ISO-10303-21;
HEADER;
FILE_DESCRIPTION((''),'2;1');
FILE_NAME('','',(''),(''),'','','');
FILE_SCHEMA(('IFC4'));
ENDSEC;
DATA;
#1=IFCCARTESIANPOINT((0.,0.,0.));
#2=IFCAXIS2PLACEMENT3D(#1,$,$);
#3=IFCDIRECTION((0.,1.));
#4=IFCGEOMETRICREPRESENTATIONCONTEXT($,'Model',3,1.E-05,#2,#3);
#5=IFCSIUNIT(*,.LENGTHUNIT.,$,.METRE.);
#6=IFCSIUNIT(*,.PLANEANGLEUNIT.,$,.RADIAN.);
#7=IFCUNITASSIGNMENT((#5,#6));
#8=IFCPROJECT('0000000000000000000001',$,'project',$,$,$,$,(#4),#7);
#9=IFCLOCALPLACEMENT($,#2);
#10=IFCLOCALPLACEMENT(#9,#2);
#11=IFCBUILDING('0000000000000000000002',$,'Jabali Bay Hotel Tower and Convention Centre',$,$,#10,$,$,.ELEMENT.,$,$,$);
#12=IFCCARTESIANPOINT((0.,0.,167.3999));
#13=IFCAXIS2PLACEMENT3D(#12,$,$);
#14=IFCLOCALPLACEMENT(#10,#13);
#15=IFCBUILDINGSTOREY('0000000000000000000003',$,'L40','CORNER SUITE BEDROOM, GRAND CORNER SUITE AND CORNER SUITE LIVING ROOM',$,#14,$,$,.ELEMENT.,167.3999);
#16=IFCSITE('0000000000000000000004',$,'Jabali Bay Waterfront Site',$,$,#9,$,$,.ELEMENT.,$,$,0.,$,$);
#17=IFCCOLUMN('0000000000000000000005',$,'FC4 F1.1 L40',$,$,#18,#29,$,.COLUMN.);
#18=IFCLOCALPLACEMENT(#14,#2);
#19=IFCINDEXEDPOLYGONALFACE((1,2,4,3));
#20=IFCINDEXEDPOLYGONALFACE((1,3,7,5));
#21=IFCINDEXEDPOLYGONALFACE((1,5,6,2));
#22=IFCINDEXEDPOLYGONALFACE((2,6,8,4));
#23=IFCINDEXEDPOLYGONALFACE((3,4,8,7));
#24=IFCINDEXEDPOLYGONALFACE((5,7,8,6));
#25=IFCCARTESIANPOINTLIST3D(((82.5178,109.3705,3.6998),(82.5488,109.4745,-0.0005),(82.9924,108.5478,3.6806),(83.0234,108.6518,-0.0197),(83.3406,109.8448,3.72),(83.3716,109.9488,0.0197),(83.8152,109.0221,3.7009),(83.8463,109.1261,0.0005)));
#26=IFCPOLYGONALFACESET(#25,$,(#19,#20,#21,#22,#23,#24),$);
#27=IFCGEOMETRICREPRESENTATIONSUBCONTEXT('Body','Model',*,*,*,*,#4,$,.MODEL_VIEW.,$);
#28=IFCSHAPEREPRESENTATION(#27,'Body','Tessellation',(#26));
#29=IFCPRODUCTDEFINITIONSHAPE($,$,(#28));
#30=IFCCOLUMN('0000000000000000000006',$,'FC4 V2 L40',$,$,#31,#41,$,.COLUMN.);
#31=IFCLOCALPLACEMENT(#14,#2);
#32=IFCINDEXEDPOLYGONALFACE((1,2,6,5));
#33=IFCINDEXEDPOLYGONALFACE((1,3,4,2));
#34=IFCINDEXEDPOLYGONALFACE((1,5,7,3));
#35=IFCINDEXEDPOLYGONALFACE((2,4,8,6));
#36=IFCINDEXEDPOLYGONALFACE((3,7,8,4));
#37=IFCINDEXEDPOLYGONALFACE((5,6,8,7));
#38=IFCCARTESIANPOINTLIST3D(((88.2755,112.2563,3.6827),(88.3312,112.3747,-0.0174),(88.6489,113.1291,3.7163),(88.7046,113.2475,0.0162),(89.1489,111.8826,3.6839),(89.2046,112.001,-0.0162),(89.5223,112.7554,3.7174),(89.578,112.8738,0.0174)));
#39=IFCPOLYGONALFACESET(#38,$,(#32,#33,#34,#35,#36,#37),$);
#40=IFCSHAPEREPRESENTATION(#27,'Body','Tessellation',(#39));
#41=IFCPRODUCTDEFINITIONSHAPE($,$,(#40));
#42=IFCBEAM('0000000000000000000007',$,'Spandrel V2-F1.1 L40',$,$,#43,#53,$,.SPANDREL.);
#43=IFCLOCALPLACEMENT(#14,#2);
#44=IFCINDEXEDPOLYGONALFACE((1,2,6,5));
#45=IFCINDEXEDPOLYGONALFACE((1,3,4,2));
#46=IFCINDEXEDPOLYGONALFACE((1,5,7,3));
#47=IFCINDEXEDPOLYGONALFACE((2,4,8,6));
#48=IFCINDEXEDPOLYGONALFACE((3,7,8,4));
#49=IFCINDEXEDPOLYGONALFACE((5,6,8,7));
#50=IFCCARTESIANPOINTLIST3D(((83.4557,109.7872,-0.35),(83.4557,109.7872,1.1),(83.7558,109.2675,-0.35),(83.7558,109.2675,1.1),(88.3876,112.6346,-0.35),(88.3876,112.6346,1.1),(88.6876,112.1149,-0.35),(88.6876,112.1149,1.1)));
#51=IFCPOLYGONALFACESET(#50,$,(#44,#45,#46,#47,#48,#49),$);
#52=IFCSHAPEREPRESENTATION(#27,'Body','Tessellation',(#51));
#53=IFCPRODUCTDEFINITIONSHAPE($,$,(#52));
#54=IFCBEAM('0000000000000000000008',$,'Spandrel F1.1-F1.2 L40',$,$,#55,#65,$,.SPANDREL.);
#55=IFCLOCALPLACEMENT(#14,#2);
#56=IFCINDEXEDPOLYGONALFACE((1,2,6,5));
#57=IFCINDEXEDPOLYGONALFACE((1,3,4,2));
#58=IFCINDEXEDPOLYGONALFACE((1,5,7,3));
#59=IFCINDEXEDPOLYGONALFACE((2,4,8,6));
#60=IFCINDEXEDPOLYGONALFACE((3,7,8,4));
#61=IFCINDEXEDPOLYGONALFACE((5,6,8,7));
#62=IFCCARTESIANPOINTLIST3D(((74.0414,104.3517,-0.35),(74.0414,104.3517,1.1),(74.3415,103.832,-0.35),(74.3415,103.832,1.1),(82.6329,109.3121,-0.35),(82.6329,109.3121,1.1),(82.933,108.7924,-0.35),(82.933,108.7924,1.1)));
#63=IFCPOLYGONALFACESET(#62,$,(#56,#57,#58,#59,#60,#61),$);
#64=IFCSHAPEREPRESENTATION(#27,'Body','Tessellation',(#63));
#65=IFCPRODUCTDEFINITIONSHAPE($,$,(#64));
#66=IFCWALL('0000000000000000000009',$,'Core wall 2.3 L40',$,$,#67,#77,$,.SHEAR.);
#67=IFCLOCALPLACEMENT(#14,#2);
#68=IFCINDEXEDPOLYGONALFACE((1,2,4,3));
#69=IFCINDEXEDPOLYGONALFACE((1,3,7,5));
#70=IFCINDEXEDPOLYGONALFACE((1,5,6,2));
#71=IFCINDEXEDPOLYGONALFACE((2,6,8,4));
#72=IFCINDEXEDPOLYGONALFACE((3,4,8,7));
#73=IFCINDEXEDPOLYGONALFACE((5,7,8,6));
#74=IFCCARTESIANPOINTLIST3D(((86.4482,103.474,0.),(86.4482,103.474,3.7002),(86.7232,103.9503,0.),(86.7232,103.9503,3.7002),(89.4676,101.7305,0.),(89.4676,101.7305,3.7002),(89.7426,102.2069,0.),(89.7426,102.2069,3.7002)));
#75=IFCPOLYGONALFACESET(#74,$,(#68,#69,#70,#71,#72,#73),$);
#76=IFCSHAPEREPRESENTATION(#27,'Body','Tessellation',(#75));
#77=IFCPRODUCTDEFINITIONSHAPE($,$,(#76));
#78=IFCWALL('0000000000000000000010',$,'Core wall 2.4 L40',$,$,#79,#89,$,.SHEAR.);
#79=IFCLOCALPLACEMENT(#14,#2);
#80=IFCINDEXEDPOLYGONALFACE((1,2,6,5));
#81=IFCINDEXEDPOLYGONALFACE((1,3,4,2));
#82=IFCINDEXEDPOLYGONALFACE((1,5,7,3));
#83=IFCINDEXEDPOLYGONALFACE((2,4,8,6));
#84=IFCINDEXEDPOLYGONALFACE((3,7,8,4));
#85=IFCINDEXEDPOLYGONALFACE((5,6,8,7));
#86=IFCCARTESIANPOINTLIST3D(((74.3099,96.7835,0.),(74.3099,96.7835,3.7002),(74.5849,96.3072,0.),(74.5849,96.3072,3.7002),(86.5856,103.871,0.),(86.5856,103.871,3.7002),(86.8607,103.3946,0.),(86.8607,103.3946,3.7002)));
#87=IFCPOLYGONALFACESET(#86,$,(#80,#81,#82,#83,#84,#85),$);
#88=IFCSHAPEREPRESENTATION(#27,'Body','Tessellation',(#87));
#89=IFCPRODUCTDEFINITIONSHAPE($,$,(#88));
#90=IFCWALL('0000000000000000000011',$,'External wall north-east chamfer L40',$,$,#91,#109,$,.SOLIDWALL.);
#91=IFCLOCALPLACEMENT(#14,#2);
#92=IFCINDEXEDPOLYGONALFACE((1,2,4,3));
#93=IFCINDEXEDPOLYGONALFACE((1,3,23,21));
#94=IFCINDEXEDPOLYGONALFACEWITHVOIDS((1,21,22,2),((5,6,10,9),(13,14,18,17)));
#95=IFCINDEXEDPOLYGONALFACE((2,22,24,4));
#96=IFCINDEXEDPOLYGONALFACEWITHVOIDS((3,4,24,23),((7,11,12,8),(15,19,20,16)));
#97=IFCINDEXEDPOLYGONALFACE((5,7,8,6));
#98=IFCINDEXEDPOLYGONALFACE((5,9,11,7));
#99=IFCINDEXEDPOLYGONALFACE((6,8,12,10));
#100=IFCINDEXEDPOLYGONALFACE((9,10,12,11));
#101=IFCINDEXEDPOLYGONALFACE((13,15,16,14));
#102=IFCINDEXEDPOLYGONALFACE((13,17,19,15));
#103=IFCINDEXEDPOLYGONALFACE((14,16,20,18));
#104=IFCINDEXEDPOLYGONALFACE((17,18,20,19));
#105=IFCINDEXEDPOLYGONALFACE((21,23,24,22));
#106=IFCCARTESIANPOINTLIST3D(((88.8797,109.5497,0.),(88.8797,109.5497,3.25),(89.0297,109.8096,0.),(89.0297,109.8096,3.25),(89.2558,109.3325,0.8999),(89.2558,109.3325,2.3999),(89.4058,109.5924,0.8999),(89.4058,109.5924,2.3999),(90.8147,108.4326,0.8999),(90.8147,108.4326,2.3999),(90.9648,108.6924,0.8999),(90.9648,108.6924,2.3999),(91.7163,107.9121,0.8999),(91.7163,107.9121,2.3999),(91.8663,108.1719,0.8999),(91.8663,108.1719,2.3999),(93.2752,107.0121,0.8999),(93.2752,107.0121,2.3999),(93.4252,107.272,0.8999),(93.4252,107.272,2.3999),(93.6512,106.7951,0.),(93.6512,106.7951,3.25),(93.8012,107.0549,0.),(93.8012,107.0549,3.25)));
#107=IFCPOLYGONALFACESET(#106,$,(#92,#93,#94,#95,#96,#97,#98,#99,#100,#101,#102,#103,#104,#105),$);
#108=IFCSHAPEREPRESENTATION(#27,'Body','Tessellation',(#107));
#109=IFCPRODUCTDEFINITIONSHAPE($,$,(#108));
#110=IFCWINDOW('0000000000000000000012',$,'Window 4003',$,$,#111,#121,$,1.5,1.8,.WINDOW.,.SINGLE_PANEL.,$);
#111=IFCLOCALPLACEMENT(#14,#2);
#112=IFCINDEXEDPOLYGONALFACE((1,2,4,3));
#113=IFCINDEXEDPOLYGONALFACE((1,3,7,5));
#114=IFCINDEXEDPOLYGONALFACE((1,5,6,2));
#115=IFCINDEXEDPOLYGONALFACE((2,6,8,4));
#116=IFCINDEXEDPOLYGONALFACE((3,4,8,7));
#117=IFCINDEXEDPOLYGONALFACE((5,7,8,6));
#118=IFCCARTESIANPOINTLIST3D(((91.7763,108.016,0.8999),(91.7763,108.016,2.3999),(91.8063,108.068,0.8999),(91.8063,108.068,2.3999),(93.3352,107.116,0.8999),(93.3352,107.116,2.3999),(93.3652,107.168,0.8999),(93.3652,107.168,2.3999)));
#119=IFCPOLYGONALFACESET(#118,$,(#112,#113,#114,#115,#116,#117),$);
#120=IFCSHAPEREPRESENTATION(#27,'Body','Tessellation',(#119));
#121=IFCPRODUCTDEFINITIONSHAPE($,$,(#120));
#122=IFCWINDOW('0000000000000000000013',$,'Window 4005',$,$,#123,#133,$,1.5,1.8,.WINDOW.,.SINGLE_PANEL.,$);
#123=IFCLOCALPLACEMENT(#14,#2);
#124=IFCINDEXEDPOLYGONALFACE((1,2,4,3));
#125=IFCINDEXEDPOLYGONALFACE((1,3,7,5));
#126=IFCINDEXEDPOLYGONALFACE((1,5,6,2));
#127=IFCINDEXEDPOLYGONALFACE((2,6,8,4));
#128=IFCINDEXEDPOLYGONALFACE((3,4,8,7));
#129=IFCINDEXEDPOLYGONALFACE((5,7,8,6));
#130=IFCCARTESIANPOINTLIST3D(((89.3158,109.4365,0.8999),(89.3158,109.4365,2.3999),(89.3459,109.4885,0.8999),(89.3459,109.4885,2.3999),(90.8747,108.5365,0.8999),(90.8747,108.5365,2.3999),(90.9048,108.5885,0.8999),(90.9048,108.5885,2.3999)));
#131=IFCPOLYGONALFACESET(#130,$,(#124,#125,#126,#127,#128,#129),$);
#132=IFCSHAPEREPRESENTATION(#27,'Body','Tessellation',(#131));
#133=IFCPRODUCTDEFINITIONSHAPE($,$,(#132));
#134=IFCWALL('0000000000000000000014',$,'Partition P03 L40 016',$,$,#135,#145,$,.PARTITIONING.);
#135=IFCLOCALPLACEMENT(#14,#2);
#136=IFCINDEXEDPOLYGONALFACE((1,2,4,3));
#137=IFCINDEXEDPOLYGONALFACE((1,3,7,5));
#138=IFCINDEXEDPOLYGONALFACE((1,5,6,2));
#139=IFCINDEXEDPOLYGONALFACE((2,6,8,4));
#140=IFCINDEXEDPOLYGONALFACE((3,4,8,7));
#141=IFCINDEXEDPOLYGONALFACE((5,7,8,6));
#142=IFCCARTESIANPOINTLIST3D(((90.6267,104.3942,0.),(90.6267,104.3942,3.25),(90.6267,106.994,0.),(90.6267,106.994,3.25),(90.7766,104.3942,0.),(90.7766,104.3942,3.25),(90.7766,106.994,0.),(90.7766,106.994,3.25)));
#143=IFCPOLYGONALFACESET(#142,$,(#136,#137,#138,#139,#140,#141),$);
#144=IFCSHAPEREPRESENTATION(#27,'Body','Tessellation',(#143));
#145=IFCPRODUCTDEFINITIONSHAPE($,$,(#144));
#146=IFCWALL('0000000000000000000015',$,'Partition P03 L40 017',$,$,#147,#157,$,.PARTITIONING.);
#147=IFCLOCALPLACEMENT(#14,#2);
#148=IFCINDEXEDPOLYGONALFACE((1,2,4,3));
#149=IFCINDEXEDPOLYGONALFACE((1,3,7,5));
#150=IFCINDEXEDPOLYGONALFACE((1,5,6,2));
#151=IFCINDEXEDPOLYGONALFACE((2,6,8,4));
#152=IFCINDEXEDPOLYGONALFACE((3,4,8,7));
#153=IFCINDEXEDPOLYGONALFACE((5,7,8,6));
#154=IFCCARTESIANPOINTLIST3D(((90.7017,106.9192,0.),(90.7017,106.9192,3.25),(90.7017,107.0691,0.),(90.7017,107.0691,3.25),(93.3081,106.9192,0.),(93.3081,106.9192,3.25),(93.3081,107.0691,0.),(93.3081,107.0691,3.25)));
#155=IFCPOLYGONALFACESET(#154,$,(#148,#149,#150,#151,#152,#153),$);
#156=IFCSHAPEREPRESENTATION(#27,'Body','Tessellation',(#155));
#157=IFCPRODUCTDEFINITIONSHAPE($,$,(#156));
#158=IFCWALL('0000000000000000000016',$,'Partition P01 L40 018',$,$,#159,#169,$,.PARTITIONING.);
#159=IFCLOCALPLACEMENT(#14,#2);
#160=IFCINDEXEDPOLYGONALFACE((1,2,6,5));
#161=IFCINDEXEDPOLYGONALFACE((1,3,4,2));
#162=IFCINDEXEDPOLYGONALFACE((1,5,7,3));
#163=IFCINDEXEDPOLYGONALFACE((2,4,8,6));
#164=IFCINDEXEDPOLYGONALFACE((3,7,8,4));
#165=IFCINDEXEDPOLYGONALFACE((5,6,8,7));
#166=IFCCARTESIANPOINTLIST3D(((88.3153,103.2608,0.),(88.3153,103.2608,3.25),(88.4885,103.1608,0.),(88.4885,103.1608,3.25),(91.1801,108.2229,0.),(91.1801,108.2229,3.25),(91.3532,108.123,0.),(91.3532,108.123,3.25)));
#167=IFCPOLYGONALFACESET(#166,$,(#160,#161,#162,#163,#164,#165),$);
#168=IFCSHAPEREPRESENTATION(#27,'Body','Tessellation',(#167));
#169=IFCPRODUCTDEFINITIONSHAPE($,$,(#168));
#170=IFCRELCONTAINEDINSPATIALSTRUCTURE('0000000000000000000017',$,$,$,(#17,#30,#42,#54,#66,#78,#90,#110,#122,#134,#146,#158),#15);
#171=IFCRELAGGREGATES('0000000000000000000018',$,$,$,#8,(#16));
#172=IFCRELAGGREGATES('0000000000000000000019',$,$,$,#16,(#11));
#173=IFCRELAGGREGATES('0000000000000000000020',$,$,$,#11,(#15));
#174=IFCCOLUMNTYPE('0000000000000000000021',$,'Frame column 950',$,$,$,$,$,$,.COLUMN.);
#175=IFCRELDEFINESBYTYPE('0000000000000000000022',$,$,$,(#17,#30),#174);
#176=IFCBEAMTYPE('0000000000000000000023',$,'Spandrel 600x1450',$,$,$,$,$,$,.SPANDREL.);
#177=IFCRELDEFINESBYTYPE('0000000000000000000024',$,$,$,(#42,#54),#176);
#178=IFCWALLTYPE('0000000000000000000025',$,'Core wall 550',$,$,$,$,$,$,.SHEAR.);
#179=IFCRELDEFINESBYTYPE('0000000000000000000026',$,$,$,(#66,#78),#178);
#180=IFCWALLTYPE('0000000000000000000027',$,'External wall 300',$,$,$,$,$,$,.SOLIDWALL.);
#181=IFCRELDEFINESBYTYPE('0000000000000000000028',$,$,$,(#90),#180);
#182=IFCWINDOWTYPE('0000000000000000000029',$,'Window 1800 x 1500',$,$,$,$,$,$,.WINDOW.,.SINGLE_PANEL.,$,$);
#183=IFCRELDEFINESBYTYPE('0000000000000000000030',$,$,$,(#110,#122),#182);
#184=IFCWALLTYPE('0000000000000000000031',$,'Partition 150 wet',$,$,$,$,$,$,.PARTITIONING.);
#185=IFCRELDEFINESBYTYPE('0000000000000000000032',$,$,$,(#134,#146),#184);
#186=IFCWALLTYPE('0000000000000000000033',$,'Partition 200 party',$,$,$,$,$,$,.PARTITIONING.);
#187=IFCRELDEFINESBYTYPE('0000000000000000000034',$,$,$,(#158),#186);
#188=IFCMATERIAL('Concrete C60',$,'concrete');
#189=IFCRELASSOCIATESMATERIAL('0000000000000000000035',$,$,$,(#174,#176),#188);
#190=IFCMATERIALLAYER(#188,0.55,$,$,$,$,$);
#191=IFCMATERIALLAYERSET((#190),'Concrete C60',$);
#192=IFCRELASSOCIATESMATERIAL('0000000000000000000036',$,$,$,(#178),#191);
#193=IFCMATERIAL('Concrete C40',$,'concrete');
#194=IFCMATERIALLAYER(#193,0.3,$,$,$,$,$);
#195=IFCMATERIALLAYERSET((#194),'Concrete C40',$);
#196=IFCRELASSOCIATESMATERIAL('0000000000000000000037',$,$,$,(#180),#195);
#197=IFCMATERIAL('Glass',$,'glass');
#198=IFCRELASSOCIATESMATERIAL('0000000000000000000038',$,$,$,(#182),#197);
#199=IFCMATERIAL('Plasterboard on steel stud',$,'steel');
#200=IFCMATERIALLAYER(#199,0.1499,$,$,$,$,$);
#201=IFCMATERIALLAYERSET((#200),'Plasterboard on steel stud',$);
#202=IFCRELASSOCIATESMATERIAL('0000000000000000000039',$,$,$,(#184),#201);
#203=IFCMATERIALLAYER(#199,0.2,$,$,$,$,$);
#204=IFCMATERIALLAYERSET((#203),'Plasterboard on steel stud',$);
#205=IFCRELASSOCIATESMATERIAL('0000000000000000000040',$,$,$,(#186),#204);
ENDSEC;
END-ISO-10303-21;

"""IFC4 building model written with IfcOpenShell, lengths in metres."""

from ifc_helpers import new_model, si_unit, direction, frame, frame_2d, origin, origin_2d, place, context, subcontext, project, spatial, rectangle, extrude, material, layer, layer_set, material_profile, profile_set, type_object, element, fill, save


model = new_model("IFC4")

# Units and contexts
model_context = context("Model", 3, precision=1e-05, world=origin(), true_north=direction((0.0, 1.0)))
body_context = subcontext(model_context, "Body", "Model", "MODEL_VIEW")
ifc_project = project(units=[si_unit("LENGTHUNIT", "METRE"), si_unit("PLANEANGLEUNIT", "RADIAN")], contexts=[model_context])

# Site, building, storey
site_placement = place(None, origin())
site = spatial("IfcSite", under=ifc_project, at=site_placement, Name="Jabali Bay Waterfront Site", CompositionType="ELEMENT", RefElevation=0.0)
building_placement = place(site_placement, origin())
building = spatial("IfcBuilding", under=site, at=building_placement, Name="Jabali Bay Hotel Tower and Convention Centre", CompositionType="ELEMENT")
storey_placement = place(building_placement, frame((0.0, 0.0, 167.3999)))
storey = spatial("IfcBuildingStorey", under=building, at=storey_placement, Name="L40", Description="CORNER SUITE BEDROOM, GRAND CORNER SUITE AND CORNER SUITE LIVING ROOM", CompositionType="ELEMENT", Elevation=167.3999)

# Columns
ifc_material_1 = material(Name="Concrete C60", Category="concrete")
ifc_material_profile_1 = material_profile(ifc_material_1, rectangle(XDim=0.95, YDim=0.95, at=origin_2d()), Name="Frame column 950")
ifc_profile_set_1 = profile_set([ifc_material_profile_1], Name="Concrete C60")
column_type = type_object("IfcColumnType", Name="Frame column 950", PredefinedType="COLUMN", material=ifc_profile_set_1)
column_1_placement = place(storey_placement, frame((83.1975, 109.3003, 0.0), z_axis=(-0.008376, -0.028096, 0.99957), x_axis=(0.866173, 0.499291, 0.021292)))
element("IfcColumn", 1, at=column_1_placement, inside=storey, type_object=column_type, Name="FC4 F1.1 L40", PredefinedType="COLUMN", context=body_context, shape_type="SweptSolid", body=[
    extrude(rectangle(XDim=0.95, YDim=0.95, at=origin_2d()), origin(), (0.0, 0.0, 1.0), 3.7019),
])
column_2_placement = place(storey_placement, frame((88.9546, 112.6243, 0.0), z_axis=(-0.015034, -0.031981, 0.999375), x_axis=(0.919381, -0.393365, 0.001243)))
element("IfcColumn", 2, at=column_2_placement, inside=storey, type_object=column_type, Name="FC4 V2 L40", PredefinedType="COLUMN", context=body_context, shape_type="SweptSolid", body=[
    extrude(rectangle(XDim=0.95, YDim=0.95, at=origin_2d()), origin(), (0.0, 0.0, 1.0), 3.7024),
])

# Beams
ifc_material_profile_2 = material_profile(ifc_material_1, rectangle(XDim=0.6001, YDim=1.45, at=origin_2d()), Name="Spandrel 600x1450")
ifc_profile_set_2 = profile_set([ifc_material_profile_2], Name="Concrete C60")
beam_type = type_object("IfcBeamType", Name="Spandrel 600x1450", PredefinedType="SPANDREL", material=ifc_profile_set_2)
beam_1_placement = place(storey_placement, frame((88.5376, 112.3748, 0.375), z_axis=(-0.866026, -0.499998, 0.0), x_axis=(0.499998, -0.866026, 0.0)))
element("IfcBeam", 3, at=beam_1_placement, inside=storey, type_object=beam_type, Name="Spandrel V2-F1.1 L40", PredefinedType="SPANDREL", context=body_context, shape_type="SweptSolid", body=[
    extrude(rectangle(XDim=0.6001, YDim=1.45, at=origin_2d()), origin(), (0.0, 0.0, 1.0), 5.6948),
])
beam_2_placement = place(storey_placement, frame((82.783, 109.0522, 0.375), z_axis=(-0.86602, -0.500009, 0.0), x_axis=(0.500009, -0.86602, 0.0)))
element("IfcBeam", 4, at=beam_2_placement, inside=storey, type_object=beam_type, Name="Spandrel F1.1-F1.2 L40", PredefinedType="SPANDREL", context=body_context, shape_type="SweptSolid", body=[
    extrude(rectangle(XDim=0.6001, YDim=1.45, at=origin_2d()), origin(), (0.0, 0.0, 1.0), 9.9207),
])

# Walls
ifc_layer_1 = layer(ifc_material_1, 0.55)
ifc_layer_set_1 = layer_set([ifc_layer_1], Name="Concrete C60")
wall_type_1 = type_object("IfcWallType", Name="Core wall 550", PredefinedType="SHEAR", material=ifc_layer_set_1)
wall_1_placement = place(storey_placement, frame((89.605, 101.9688, 0.0), z_axis=(0.0, 0.0, 1.0), x_axis=(-0.865998, 0.500048, 0.0)))
element("IfcWall", 5, at=wall_1_placement, inside=storey, type_object=wall_type_1, Name="Core wall 2.3 L40", PredefinedType="SHEAR", context=body_context, shape_type="SweptSolid", body=[
    extrude(rectangle(XDim=3.4866, YDim=0.55, at=frame_2d((1.7432, 0.0))), origin(), (0.0, 0.0, 1.0), 3.7002),
])
wall_2_placement = place(storey_placement, frame((86.7231, 103.6328, 0.0), z_axis=(0.0, 0.0, 1.0), x_axis=(-0.866024, -0.500003, 0.0)))
element("IfcWall", 6, at=wall_2_placement, inside=storey, type_object=wall_type_1, Name="Core wall 2.4 L40", PredefinedType="SHEAR", context=body_context, shape_type="SweptSolid", body=[
    extrude(rectangle(XDim=14.1748, YDim=0.55, at=frame_2d((7.0874, 0.0))), origin(), (0.0, 0.0, 1.0), 3.7002),
])

# Wall, openings, windows
ifc_material_2 = material(Name="Concrete C40", Category="concrete")
ifc_layer_2 = layer(ifc_material_2, 0.3)
ifc_layer_set_2 = layer_set([ifc_layer_2], Name="Concrete C40")
wall_type_2 = type_object("IfcWallType", Name="External wall 300", PredefinedType="SOLIDWALL", material=ifc_layer_set_2)
wall_3_placement = place(storey_placement, frame((88.9546, 109.6797, 0.0), z_axis=(0.0, 0.0, 1.0), x_axis=(0.866039, -0.499976, 0.0)))
wall_3 = element("IfcWall", 7, at=wall_3_placement, inside=storey, type_object=wall_type_2, Name="External wall north-east chamfer L40", PredefinedType="SOLIDWALL", context=body_context, shape_type="SweptSolid", body=[
    extrude(rectangle(XDim=5.5095, YDim=0.3, at=frame_2d((2.7549, 0.0))), origin(), (0.0, 0.0, 1.0), 3.25),
])
opening_1_placement = place(wall_3_placement, frame((3.2756, 0.0, 0.8999)))
opening_1 = element("IfcOpeningElement", 8, at=opening_1_placement, cuts=wall_3, PredefinedType="OPENING", context=body_context, shape_type="SweptSolid", body=[
    extrude(rectangle(XDim=1.8, YDim=1.5, at=frame_2d((0.8999, 0.75))), frame((0.0, 0.1606, 0.0), z_axis=(0.0, -1.0, 0.0), x_axis=(1.0, 0.0, 0.0)), (0.0, 0.0, 1.0), 0.321),
])
opening_2_placement = place(wall_3_placement, frame((0.4346, 0.0, 0.8999)))
opening_2 = element("IfcOpeningElement", 9, at=opening_2_placement, cuts=wall_3, PredefinedType="OPENING", context=body_context, shape_type="SweptSolid", body=[
    extrude(rectangle(XDim=1.8, YDim=1.5, at=frame_2d((0.8999, 0.75))), frame((0.0, 0.1606, 0.0), z_axis=(0.0, -1.0, 0.0), x_axis=(1.0, 0.0, 0.0)), (0.0, 0.0, 1.0), 0.321),
])
ifc_material_3 = material(Name="Glass", Category="glass")
window_type = type_object("IfcWindowType", Name="Window 1800 x 1500", PartitioningType="SINGLE_PANEL", PredefinedType="WINDOW", material=ifc_material_3)
window_1_placement = place(opening_1_placement, origin())
window_1 = element("IfcWindow", 10, at=window_1_placement, inside=storey, type_object=window_type, Name="Window 4003", OverallHeight=1.5, OverallWidth=1.8, PartitioningType="SINGLE_PANEL", PredefinedType="WINDOW", context=body_context, shape_type="SweptSolid", body=[
    extrude(rectangle(XDim=1.8, YDim=1.5, at=frame_2d((0.8999, 0.75))), frame((0.0, 0.03, 0.0), z_axis=(0.0, -1.0, 0.0), x_axis=(1.0, 0.0, 0.0)), (0.0, 0.0, 1.0), 0.0601),
])
fill(opening_1, window_1)
window_2_placement = place(opening_2_placement, origin())
window_2 = element("IfcWindow", 11, at=window_2_placement, inside=storey, type_object=window_type, Name="Window 4005", OverallHeight=1.5, OverallWidth=1.8, PartitioningType="SINGLE_PANEL", PredefinedType="WINDOW", context=body_context, shape_type="SweptSolid", body=[
    extrude(rectangle(XDim=1.8, YDim=1.5, at=frame_2d((0.8999, 0.75))), frame((0.0, 0.03, 0.0), z_axis=(0.0, -1.0, 0.0), x_axis=(1.0, 0.0, 0.0)), (0.0, 0.0, 1.0), 0.0601),
])
fill(opening_2, window_2)

# Walls
ifc_material_4 = material(Name="Plasterboard on steel stud", Category="steel")
ifc_layer_3 = layer(ifc_material_4, 0.1499)
ifc_layer_set_3 = layer_set([ifc_layer_3], Name="Plasterboard on steel stud")
wall_type_3 = type_object("IfcWallType", Name="Partition 150 wet", PredefinedType="PARTITIONING", material=ifc_layer_set_3)
wall_4_placement = place(storey_placement, frame((90.7017, 104.3943, 0.0), z_axis=(0.0, 0.0, 1.0), x_axis=(0.0, 1.0, 0.0)))
element("IfcWall", 12, at=wall_4_placement, inside=storey, type_object=wall_type_3, Name="Partition P03 L40 016", PredefinedType="PARTITIONING", context=body_context, shape_type="SweptSolid", body=[
    extrude(rectangle(XDim=2.5999, YDim=0.1499, at=frame_2d((1.2998, 0.0))), origin(), (0.0, 0.0, 1.0), 3.25),
])
wall_5_placement = place(storey_placement, frame((90.7017, 106.9941, 0.0), z_axis=(0.0, 0.0, 1.0), x_axis=(1.0, 0.0, 0.0)))
element("IfcWall", 13, at=wall_5_placement, inside=storey, type_object=wall_type_3, Name="Partition P03 L40 017", PredefinedType="PARTITIONING", context=body_context, shape_type="SweptSolid", body=[
    extrude(rectangle(XDim=2.6064, YDim=0.1499, at=frame_2d((1.3032, 0.0))), origin(), (0.0, 0.0, 1.0), 3.25),
])
ifc_layer_4 = layer(ifc_material_4, 0.2)
ifc_layer_set_4 = layer_set([ifc_layer_4], Name="Plasterboard on steel stud")
wall_type_4 = type_object("IfcWallType", Name="Partition 200 party", PredefinedType="PARTITIONING", material=ifc_layer_set_4)
wall_6_placement = place(storey_placement, frame((91.2666, 108.1729, 0.0), z_axis=(0.0, 0.0, 1.0), x_axis=(-0.499979, -0.866037, 0.0)))
element("IfcWall", 14, at=wall_6_placement, inside=storey, type_object=wall_type_4, Name="Partition P01 L40 018", PredefinedType="PARTITIONING", context=body_context, shape_type="SweptSolid", body=[
    extrude(rectangle(XDim=5.7297, YDim=0.2, at=frame_2d((2.8647, 0.0))), origin(), (0.0, 0.0, 1.0), 3.25),
])

save(model, "model.ifc")
